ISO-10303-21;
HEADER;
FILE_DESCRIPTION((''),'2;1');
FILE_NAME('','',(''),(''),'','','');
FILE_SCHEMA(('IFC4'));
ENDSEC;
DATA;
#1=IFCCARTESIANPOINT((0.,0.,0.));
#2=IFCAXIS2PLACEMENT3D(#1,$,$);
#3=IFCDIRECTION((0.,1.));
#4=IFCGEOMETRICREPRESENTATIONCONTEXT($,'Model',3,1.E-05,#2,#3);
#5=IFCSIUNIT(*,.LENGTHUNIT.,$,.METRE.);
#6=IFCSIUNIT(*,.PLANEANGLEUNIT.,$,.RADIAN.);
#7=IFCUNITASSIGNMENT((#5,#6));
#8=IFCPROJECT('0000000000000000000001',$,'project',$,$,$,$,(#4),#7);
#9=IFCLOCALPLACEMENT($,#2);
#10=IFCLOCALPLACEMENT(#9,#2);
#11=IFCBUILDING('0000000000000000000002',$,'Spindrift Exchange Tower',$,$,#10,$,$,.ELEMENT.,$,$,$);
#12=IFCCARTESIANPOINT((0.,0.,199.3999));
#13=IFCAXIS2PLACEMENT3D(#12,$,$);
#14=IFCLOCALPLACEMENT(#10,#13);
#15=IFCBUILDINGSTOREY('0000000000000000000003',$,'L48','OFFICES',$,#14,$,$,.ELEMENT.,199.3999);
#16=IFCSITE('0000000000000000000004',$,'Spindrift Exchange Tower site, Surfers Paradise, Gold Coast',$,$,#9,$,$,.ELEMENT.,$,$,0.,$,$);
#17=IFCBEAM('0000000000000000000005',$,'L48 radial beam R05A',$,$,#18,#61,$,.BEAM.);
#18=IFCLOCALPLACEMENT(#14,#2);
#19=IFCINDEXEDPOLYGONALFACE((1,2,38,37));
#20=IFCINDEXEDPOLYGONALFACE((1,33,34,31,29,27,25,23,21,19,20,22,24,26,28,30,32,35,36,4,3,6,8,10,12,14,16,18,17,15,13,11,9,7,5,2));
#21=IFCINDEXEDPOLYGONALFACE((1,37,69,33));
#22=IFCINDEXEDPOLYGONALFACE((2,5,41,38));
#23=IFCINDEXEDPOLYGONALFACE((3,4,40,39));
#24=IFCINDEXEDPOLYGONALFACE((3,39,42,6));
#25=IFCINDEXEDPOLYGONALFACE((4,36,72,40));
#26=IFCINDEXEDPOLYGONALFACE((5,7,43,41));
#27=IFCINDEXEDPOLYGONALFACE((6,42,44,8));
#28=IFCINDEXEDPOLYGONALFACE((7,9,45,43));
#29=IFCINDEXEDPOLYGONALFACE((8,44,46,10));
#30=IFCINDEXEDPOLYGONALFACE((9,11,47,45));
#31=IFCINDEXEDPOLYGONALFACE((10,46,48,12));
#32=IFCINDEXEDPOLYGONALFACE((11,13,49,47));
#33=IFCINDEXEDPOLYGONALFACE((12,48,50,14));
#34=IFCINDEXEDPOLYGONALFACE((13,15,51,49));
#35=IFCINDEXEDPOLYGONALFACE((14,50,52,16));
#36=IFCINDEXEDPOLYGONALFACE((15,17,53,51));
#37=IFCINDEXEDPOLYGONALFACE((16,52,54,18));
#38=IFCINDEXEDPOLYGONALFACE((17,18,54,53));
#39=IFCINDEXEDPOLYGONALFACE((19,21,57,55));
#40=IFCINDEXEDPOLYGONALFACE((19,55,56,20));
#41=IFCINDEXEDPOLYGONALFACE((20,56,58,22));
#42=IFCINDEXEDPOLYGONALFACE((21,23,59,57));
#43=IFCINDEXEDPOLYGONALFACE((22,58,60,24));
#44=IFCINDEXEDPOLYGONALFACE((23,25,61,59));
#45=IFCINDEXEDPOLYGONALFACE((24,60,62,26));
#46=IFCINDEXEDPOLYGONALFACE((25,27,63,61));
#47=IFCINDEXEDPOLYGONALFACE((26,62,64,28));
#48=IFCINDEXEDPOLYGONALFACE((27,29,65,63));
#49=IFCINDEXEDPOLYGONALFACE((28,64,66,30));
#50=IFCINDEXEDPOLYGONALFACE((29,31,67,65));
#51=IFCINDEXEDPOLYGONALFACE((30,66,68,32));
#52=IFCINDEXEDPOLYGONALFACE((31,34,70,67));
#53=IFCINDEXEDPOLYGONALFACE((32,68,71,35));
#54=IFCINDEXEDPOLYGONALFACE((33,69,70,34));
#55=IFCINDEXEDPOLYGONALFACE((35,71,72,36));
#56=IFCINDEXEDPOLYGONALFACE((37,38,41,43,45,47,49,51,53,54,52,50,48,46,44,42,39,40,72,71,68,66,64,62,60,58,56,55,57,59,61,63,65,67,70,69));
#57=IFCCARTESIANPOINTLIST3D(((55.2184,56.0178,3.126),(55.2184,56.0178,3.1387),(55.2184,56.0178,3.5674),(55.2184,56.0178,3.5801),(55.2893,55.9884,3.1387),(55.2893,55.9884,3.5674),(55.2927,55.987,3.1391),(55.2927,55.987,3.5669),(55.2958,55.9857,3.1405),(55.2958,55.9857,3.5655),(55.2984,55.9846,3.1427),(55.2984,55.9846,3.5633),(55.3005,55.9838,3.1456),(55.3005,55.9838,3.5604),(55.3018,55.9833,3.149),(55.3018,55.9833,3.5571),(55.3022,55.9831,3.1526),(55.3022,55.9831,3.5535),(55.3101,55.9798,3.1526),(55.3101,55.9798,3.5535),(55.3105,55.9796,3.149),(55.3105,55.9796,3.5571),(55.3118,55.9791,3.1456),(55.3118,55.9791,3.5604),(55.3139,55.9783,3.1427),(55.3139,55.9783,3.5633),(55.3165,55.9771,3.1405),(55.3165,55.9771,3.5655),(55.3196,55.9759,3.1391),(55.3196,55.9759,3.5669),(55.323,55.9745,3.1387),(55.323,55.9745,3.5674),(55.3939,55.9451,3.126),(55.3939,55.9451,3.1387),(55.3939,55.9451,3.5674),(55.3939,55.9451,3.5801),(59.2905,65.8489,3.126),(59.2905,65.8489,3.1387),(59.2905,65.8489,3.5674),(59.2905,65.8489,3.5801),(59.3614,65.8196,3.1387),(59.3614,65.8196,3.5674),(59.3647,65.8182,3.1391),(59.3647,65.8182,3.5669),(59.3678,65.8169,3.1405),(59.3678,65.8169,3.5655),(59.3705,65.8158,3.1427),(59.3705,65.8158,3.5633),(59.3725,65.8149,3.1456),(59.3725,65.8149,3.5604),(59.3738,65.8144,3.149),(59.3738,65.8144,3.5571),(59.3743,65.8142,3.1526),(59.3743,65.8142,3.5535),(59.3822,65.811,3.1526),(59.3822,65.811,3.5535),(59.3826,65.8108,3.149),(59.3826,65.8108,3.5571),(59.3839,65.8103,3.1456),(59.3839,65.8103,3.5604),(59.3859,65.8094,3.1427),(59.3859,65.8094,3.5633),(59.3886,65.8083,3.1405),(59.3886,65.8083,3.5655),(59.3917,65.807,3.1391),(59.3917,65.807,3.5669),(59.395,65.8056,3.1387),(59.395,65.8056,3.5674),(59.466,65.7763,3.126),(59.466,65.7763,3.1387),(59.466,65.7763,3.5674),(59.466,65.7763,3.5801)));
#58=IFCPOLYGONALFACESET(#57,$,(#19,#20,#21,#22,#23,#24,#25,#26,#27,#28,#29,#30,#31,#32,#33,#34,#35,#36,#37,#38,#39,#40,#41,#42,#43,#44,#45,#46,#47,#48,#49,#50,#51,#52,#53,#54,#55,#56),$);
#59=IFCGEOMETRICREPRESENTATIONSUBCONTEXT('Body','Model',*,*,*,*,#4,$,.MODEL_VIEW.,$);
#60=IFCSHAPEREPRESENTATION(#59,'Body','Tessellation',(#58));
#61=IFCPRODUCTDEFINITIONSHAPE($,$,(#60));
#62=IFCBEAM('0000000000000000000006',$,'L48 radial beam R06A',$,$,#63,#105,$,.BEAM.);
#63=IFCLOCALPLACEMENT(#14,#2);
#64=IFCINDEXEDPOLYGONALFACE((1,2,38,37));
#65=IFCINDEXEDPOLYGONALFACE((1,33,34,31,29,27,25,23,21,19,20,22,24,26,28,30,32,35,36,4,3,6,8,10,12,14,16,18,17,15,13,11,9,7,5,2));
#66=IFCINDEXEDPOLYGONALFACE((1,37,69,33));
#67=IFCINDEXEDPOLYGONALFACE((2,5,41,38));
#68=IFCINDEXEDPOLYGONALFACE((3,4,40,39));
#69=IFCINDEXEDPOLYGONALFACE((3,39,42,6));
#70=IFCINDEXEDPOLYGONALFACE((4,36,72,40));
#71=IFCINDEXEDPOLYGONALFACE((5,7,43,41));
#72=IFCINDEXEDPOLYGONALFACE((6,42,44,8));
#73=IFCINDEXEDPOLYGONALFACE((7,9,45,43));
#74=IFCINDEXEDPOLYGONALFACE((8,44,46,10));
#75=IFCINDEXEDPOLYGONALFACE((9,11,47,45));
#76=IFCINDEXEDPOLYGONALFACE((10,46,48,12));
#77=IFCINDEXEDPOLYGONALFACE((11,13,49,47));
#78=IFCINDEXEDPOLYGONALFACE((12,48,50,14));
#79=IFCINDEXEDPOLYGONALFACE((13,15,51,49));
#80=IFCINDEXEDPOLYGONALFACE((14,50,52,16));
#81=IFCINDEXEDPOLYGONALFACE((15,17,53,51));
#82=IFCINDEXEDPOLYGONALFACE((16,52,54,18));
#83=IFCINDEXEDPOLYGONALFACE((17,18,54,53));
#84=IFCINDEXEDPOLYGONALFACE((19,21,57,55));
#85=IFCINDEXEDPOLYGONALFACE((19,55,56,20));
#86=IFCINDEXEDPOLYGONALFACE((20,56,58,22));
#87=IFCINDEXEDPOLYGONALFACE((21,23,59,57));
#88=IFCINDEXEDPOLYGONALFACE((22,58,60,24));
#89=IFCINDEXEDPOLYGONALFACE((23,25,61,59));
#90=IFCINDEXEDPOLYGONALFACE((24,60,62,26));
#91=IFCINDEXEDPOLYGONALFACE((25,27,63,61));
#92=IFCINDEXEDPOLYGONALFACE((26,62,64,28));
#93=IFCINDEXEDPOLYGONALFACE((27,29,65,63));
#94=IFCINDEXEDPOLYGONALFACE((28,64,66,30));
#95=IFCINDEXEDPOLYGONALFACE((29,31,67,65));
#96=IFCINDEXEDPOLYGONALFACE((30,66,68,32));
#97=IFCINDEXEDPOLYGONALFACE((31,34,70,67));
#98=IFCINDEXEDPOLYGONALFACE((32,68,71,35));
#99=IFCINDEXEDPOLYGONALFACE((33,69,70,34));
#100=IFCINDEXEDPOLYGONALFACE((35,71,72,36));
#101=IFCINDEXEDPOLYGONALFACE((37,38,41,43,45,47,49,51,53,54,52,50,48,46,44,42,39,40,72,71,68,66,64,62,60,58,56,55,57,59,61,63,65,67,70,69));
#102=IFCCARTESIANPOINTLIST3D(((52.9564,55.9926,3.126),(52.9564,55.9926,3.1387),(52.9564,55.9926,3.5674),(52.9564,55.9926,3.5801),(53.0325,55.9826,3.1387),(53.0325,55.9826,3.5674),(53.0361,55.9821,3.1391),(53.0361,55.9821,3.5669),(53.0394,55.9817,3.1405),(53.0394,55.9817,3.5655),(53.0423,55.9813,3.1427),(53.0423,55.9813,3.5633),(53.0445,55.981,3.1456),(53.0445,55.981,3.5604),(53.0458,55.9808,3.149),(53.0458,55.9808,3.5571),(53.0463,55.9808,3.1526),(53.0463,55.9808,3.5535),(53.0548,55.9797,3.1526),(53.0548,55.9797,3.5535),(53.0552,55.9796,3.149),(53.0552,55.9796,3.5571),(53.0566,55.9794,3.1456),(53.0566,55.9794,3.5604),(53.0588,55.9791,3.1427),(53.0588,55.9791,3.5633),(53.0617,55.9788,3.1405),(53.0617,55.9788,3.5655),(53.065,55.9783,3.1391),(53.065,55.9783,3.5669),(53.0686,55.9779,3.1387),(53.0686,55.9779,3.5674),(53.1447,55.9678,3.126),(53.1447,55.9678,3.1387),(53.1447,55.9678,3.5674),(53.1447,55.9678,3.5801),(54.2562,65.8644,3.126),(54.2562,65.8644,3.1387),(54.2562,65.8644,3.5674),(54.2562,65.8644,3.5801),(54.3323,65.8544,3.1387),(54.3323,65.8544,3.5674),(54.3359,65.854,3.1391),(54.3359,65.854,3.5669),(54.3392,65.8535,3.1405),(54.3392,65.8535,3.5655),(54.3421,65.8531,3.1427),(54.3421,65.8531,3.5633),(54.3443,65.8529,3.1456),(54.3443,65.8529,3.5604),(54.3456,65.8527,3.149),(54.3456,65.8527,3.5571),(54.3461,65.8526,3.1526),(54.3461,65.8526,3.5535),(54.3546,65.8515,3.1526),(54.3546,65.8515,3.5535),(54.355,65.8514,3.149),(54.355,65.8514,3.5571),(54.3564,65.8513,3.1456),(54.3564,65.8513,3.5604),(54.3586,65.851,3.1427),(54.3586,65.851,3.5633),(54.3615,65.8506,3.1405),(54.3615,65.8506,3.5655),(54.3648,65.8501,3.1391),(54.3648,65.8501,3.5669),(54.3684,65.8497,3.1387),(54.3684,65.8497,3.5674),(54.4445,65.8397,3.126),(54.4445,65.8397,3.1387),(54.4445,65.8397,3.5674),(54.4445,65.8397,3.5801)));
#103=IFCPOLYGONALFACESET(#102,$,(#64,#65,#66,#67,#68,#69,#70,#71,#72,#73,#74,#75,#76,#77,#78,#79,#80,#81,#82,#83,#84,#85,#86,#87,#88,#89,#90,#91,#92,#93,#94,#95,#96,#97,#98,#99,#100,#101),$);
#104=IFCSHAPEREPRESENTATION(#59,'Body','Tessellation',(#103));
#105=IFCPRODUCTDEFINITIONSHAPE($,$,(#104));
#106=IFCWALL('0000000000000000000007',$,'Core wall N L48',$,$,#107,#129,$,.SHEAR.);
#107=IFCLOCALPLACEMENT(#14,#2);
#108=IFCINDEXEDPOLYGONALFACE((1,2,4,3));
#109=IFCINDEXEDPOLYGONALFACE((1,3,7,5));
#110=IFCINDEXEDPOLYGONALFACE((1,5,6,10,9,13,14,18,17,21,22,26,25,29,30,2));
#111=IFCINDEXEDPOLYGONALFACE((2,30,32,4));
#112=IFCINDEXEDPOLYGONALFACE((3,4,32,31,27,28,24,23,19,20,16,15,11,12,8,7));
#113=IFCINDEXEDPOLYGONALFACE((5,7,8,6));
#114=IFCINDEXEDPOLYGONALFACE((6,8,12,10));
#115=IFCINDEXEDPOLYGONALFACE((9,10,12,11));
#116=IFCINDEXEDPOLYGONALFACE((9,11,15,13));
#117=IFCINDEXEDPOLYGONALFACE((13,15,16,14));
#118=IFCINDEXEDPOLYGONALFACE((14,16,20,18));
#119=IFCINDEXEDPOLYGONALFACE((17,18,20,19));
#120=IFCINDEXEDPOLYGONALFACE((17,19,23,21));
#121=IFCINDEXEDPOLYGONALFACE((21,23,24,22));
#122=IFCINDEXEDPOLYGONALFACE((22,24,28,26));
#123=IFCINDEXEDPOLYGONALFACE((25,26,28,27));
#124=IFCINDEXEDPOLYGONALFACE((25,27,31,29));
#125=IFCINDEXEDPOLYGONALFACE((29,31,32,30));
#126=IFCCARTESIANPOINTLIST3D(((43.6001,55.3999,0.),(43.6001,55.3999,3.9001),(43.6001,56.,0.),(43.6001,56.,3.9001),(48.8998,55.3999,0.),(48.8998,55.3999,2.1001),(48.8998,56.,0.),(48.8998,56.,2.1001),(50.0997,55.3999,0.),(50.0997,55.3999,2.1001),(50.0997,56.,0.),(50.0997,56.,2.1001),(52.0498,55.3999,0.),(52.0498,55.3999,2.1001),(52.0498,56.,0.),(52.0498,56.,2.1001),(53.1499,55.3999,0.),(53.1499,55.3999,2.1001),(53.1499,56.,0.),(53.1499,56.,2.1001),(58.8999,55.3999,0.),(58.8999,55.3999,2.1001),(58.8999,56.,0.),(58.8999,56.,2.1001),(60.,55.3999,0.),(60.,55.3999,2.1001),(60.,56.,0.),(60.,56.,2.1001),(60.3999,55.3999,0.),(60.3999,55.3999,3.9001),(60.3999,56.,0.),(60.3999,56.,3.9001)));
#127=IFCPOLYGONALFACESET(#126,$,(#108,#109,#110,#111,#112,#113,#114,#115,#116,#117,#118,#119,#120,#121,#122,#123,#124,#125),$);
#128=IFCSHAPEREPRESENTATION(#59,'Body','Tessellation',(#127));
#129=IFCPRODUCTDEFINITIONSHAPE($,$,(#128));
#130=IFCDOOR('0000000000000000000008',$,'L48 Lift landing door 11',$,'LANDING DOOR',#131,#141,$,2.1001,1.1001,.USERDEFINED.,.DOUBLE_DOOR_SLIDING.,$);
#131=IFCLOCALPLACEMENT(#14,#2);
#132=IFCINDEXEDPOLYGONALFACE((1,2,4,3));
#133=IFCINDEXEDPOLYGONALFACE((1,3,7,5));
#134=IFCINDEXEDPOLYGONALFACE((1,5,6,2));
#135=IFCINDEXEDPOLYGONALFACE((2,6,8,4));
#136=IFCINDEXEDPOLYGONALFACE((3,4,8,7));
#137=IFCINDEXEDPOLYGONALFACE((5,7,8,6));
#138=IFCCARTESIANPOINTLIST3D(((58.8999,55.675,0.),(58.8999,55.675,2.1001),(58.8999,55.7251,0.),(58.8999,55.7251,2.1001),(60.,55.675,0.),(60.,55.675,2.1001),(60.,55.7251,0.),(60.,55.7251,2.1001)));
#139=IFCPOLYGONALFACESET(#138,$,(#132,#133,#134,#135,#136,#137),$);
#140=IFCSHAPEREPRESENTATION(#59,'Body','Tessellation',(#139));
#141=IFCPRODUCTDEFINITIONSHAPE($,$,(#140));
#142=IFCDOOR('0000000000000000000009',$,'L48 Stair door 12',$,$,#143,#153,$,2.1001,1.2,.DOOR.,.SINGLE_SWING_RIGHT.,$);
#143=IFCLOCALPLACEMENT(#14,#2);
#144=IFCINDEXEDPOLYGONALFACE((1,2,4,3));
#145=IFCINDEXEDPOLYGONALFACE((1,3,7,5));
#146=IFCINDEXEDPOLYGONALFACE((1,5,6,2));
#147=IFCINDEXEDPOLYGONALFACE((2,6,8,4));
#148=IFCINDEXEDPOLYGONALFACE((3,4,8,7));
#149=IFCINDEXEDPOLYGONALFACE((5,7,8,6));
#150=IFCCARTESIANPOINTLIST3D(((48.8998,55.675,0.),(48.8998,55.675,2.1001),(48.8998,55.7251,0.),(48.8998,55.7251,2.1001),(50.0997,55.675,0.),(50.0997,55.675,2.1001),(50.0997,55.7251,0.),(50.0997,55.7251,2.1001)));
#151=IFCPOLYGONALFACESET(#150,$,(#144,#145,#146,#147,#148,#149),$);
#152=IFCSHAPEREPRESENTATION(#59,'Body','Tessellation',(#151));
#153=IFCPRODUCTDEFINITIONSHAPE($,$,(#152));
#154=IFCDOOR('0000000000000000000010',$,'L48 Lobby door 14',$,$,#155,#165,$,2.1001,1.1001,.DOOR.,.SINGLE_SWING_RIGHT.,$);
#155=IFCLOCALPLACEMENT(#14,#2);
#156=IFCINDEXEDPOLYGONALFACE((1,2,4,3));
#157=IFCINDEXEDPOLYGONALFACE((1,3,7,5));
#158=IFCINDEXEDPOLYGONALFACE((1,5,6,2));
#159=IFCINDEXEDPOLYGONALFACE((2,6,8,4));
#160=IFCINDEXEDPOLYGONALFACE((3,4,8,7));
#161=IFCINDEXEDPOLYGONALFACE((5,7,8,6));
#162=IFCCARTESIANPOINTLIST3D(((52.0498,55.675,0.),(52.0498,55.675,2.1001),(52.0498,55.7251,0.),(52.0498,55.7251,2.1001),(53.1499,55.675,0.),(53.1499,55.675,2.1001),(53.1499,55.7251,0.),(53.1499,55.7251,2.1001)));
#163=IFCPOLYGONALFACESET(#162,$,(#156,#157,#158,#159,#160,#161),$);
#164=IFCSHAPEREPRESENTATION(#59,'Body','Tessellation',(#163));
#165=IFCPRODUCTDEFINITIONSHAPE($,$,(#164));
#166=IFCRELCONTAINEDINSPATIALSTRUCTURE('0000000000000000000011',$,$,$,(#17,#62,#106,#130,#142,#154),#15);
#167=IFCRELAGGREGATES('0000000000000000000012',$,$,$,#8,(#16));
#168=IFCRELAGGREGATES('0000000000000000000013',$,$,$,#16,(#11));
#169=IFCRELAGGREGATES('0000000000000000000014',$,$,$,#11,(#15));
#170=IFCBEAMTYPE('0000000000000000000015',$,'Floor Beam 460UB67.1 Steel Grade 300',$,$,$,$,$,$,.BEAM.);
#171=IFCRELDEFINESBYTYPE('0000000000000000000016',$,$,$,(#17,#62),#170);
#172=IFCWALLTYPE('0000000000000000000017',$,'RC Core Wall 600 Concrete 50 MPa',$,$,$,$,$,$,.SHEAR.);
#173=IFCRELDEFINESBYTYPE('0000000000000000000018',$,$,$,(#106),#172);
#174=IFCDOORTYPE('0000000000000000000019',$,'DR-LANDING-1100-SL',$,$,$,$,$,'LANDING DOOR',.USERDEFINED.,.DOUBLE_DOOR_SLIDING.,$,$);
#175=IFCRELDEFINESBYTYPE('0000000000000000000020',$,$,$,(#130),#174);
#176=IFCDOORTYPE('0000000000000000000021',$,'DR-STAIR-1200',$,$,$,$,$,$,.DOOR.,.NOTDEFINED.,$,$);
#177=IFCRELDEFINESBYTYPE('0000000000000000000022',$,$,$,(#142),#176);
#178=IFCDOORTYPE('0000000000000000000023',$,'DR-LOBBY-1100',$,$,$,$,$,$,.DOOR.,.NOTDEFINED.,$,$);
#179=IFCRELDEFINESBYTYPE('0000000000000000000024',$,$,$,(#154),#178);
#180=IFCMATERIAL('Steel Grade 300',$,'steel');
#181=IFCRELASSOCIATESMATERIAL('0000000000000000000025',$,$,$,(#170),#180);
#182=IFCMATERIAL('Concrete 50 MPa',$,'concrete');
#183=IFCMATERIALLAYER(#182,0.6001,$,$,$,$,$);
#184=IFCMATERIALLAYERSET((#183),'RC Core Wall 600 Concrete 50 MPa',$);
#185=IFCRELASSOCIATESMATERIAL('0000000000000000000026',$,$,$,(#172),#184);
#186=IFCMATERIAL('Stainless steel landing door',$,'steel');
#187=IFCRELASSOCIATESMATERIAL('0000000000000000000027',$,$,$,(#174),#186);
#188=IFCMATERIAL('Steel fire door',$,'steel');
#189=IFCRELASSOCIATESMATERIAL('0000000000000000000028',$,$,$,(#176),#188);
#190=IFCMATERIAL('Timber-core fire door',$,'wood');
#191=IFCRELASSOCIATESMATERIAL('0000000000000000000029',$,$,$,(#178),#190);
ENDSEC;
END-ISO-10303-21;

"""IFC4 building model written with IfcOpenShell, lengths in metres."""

from ifc_helpers import new_model, si_unit, direction, frame, frame_2d, origin, origin_2d, place, context, subcontext, project, spatial, rectangle, i_section, extrude, source, transform, mapped, material, layer, layer_set, material_profile, profile_set, type_object, element, fill, save


model = new_model("IFC4")

# Units and contexts
model_context = context("Model", 3, precision=1e-05, world=origin(), true_north=direction((0.0, 1.0)))
body_context = subcontext(model_context, "Body", "Model", "MODEL_VIEW")
ifc_project = project(units=[si_unit("LENGTHUNIT", "METRE"), si_unit("PLANEANGLEUNIT", "RADIAN")], contexts=[model_context])

# Site, building, storey
site_placement = place(None, origin())
site = spatial("IfcSite", under=ifc_project, at=site_placement, Name="Spindrift Exchange Tower site, Surfers Paradise, Gold Coast", CompositionType="ELEMENT", RefElevation=0.0)
building_placement = place(site_placement, origin())
building = spatial("IfcBuilding", under=site, at=building_placement, Name="Spindrift Exchange Tower", CompositionType="ELEMENT")
storey_placement = place(building_placement, frame((0.0, 0.0, 199.3999)))
storey = spatial("IfcBuildingStorey", under=building, at=storey_placement, Name="L48", Description="OFFICES", CompositionType="ELEMENT", Elevation=199.3999)

# Beams
ifc_material_1 = material(Name="Steel Grade 300", Category="steel")
ifc_material_profile_1 = material_profile(ifc_material_1, i_section(OverallWidth=0.1899, OverallDepth=0.4541, WebThickness=0.0085, FlangeThickness=0.0127, FilletRadius=0.0139, at=origin_2d()), Name="460UB67.1")
ifc_profile_set_1 = profile_set([ifc_material_profile_1], Name="Steel Grade 300")
beam_type_1 = type_object("IfcBeamType", Name="Floor Beam 460UB67.1 Steel Grade 300", PredefinedType="BEAM", material=ifc_profile_set_1)
shared_shape_1 = source(origin(), body_context, "Body", "SweptSolid", [
    extrude(i_section(OverallWidth=0.1899, OverallDepth=0.4541, WebThickness=0.0085, FlangeThickness=0.0127, FilletRadius=0.0139, at=origin_2d()), origin(), (0.0, 0.0, 1.0), 10.6411),
])
beam_1_placement = place(storey_placement, frame((55.3062, 55.9814, 3.353), z_axis=(0.382673, 0.923884, 0.0), x_axis=(-0.923884, 0.382673, 0.0)))
element("IfcBeam", 1, at=beam_1_placement, inside=storey, type_object=beam_type_1, Name="L48 radial beam R05A", PredefinedType="BEAM", context=body_context, shape_type="MappedRepresentation", body=[
    mapped(shared_shape_1, transform((0.0, 0.0, 0.0), scale=1.0)),
])
shared_shape_2 = source(origin(), body_context, "Body", "SweptSolid", [
    extrude(i_section(OverallWidth=0.1899, OverallDepth=0.4541, WebThickness=0.0085, FlangeThickness=0.0127, FilletRadius=0.0139, at=origin_2d()), origin(), (0.0, 0.0, 1.0), 9.957),
])
beam_2_placement = place(storey_placement, frame((53.0505, 55.9802, 3.353), z_axis=(0.130541, 0.991443, 0.0), x_axis=(-0.991443, 0.130541, 0.0)))
element("IfcBeam", 2, at=beam_2_placement, inside=storey, type_object=beam_type_1, Name="L48 radial beam R06A", PredefinedType="BEAM", context=body_context, shape_type="MappedRepresentation", body=[
    mapped(shared_shape_2, transform((0.0, 0.0, 0.0), scale=1.0)),
])

# Wall, openings, doors
ifc_material_2 = material(Name="Concrete 50 MPa", Category="concrete")
ifc_layer_1 = layer(ifc_material_2, 0.6001)
ifc_layer_set_1 = layer_set([ifc_layer_1], Name="RC Core Wall 600 Concrete 50 MPa")
wall_type_1 = type_object("IfcWallType", Name="RC Core Wall 600 Concrete 50 MPa", PredefinedType="SHEAR", material=ifc_layer_set_1)
wall_1_placement = place(storey_placement, frame((60.3999, 55.7, 0.0), z_axis=(0.0, 0.0, 1.0), x_axis=(-1.0, 0.0, 0.0)))
wall_1 = element("IfcWall", 3, at=wall_1_placement, inside=storey, type_object=wall_type_1, Name="Core wall N L48", PredefinedType="SHEAR", context=body_context, shape_type="SweptSolid", body=[
    extrude(rectangle(XDim=16.7998, YDim=0.6001, at=frame_2d((8.3999, 0.0))), origin(), (0.0, 0.0, 1.0), 3.9001),
])
opening_1_placement = place(wall_1_placement, frame((0.3999, 0.0, 0.0)))
opening_1 = element("IfcOpeningElement", 4, at=opening_1_placement, cuts=wall_1, PredefinedType="OPENING", context=body_context, shape_type="SweptSolid", body=[
    extrude(rectangle(XDim=1.1001, YDim=2.1001, at=frame_2d((0.55, 1.05))), frame((0.0, 0.3101, 0.0), z_axis=(0.0, -1.0, 0.0), x_axis=(1.0, 0.0, 0.0)), (0.0, 0.0, 1.0), 0.6201),
])
opening_2_placement = place(wall_1_placement, frame((10.3, 0.0, 0.0)))
opening_2 = element("IfcOpeningElement", 5, at=opening_2_placement, cuts=wall_1, PredefinedType="OPENING", context=body_context, shape_type="SweptSolid", body=[
    extrude(rectangle(XDim=1.2, YDim=2.1001, at=frame_2d((0.6001, 1.05))), frame((0.0, 0.3101, 0.0), z_axis=(0.0, -1.0, 0.0), x_axis=(1.0, 0.0, 0.0)), (0.0, 0.0, 1.0), 0.6201),
])
opening_3_placement = place(wall_1_placement, frame((7.25, 0.0, 0.0)))
opening_3 = element("IfcOpeningElement", 6, at=opening_3_placement, cuts=wall_1, PredefinedType="OPENING", context=body_context, shape_type="SweptSolid", body=[
    extrude(rectangle(XDim=1.1001, YDim=2.1001, at=frame_2d((0.55, 1.05))), frame((0.0, 0.3101, 0.0), z_axis=(0.0, -1.0, 0.0), x_axis=(1.0, 0.0, 0.0)), (0.0, 0.0, 1.0), 0.6201),
])
ifc_material_3 = material(Name="Stainless steel landing door", Category="steel")
door_type_1 = type_object("IfcDoorType", Name="DR-LANDING-1100-SL", ElementType="LANDING DOOR", OperationType="DOUBLE_DOOR_SLIDING", PredefinedType="USERDEFINED", material=ifc_material_3)
shared_shape_3 = source(origin(), body_context, "Body", "SweptSolid", [
    extrude(rectangle(XDim=1.1001, YDim=2.1001, at=frame_2d((0.55, 1.05))), frame((0.0, 0.0249, 0.0), z_axis=(0.0, -1.0, 0.0), x_axis=(1.0, 0.0, 0.0)), (0.0, 0.0, 1.0), 0.05),
])
door_1_placement = place(opening_1_placement, origin())
door_1 = element("IfcDoor", 7, at=door_1_placement, inside=storey, type_object=door_type_1, Name="L48 Lift landing door 11", ObjectType="LANDING DOOR", OperationType="DOUBLE_DOOR_SLIDING", OverallHeight=2.1001, OverallWidth=1.1001, PredefinedType="USERDEFINED", context=body_context, shape_type="MappedRepresentation", body=[
    mapped(shared_shape_3, transform((0.0, 0.0, 0.0), scale=1.0)),
])
fill(opening_1, door_1)
ifc_material_4 = material(Name="Steel fire door", Category="steel")
door_type_2 = type_object("IfcDoorType", Name="DR-STAIR-1200", OperationType="NOTDEFINED", PredefinedType="DOOR", material=ifc_material_4)
shared_shape_4 = source(origin(), body_context, "Body", "SweptSolid", [
    extrude(rectangle(XDim=1.2, YDim=2.1001, at=frame_2d((0.6001, 1.05))), frame((0.0, 0.0249, 0.0), z_axis=(0.0, -1.0, 0.0), x_axis=(1.0, 0.0, 0.0)), (0.0, 0.0, 1.0), 0.05),
])
door_2_placement = place(opening_2_placement, origin())
door_2 = element("IfcDoor", 8, at=door_2_placement, inside=storey, type_object=door_type_2, Name="L48 Stair door 12", OperationType="SINGLE_SWING_RIGHT", OverallHeight=2.1001, OverallWidth=1.2, PredefinedType="DOOR", context=body_context, shape_type="MappedRepresentation", body=[
    mapped(shared_shape_4, transform((0.0, 0.0, 0.0), scale=1.0)),
])
fill(opening_2, door_2)
ifc_material_5 = material(Name="Timber-core fire door", Category="wood")
door_type_3 = type_object("IfcDoorType", Name="DR-LOBBY-1100", OperationType="NOTDEFINED", PredefinedType="DOOR", material=ifc_material_5)
shared_shape_5 = source(origin(), body_context, "Body", "SweptSolid", [
    extrude(rectangle(XDim=1.1001, YDim=2.1001, at=frame_2d((0.55, 1.05))), frame((0.0, 0.0249, 0.0), z_axis=(0.0, -1.0, 0.0), x_axis=(1.0, 0.0, 0.0)), (0.0, 0.0, 1.0), 0.05),
])
door_3_placement = place(opening_3_placement, origin())
door_3 = element("IfcDoor", 9, at=door_3_placement, inside=storey, type_object=door_type_3, Name="L48 Lobby door 14", OperationType="SINGLE_SWING_RIGHT", OverallHeight=2.1001, OverallWidth=1.1001, PredefinedType="DOOR", context=body_context, shape_type="MappedRepresentation", body=[
    mapped(shared_shape_5, transform((0.0, 0.0, 0.0), scale=1.0)),
])
fill(opening_3, door_3)

save(model, "model.ifc")
